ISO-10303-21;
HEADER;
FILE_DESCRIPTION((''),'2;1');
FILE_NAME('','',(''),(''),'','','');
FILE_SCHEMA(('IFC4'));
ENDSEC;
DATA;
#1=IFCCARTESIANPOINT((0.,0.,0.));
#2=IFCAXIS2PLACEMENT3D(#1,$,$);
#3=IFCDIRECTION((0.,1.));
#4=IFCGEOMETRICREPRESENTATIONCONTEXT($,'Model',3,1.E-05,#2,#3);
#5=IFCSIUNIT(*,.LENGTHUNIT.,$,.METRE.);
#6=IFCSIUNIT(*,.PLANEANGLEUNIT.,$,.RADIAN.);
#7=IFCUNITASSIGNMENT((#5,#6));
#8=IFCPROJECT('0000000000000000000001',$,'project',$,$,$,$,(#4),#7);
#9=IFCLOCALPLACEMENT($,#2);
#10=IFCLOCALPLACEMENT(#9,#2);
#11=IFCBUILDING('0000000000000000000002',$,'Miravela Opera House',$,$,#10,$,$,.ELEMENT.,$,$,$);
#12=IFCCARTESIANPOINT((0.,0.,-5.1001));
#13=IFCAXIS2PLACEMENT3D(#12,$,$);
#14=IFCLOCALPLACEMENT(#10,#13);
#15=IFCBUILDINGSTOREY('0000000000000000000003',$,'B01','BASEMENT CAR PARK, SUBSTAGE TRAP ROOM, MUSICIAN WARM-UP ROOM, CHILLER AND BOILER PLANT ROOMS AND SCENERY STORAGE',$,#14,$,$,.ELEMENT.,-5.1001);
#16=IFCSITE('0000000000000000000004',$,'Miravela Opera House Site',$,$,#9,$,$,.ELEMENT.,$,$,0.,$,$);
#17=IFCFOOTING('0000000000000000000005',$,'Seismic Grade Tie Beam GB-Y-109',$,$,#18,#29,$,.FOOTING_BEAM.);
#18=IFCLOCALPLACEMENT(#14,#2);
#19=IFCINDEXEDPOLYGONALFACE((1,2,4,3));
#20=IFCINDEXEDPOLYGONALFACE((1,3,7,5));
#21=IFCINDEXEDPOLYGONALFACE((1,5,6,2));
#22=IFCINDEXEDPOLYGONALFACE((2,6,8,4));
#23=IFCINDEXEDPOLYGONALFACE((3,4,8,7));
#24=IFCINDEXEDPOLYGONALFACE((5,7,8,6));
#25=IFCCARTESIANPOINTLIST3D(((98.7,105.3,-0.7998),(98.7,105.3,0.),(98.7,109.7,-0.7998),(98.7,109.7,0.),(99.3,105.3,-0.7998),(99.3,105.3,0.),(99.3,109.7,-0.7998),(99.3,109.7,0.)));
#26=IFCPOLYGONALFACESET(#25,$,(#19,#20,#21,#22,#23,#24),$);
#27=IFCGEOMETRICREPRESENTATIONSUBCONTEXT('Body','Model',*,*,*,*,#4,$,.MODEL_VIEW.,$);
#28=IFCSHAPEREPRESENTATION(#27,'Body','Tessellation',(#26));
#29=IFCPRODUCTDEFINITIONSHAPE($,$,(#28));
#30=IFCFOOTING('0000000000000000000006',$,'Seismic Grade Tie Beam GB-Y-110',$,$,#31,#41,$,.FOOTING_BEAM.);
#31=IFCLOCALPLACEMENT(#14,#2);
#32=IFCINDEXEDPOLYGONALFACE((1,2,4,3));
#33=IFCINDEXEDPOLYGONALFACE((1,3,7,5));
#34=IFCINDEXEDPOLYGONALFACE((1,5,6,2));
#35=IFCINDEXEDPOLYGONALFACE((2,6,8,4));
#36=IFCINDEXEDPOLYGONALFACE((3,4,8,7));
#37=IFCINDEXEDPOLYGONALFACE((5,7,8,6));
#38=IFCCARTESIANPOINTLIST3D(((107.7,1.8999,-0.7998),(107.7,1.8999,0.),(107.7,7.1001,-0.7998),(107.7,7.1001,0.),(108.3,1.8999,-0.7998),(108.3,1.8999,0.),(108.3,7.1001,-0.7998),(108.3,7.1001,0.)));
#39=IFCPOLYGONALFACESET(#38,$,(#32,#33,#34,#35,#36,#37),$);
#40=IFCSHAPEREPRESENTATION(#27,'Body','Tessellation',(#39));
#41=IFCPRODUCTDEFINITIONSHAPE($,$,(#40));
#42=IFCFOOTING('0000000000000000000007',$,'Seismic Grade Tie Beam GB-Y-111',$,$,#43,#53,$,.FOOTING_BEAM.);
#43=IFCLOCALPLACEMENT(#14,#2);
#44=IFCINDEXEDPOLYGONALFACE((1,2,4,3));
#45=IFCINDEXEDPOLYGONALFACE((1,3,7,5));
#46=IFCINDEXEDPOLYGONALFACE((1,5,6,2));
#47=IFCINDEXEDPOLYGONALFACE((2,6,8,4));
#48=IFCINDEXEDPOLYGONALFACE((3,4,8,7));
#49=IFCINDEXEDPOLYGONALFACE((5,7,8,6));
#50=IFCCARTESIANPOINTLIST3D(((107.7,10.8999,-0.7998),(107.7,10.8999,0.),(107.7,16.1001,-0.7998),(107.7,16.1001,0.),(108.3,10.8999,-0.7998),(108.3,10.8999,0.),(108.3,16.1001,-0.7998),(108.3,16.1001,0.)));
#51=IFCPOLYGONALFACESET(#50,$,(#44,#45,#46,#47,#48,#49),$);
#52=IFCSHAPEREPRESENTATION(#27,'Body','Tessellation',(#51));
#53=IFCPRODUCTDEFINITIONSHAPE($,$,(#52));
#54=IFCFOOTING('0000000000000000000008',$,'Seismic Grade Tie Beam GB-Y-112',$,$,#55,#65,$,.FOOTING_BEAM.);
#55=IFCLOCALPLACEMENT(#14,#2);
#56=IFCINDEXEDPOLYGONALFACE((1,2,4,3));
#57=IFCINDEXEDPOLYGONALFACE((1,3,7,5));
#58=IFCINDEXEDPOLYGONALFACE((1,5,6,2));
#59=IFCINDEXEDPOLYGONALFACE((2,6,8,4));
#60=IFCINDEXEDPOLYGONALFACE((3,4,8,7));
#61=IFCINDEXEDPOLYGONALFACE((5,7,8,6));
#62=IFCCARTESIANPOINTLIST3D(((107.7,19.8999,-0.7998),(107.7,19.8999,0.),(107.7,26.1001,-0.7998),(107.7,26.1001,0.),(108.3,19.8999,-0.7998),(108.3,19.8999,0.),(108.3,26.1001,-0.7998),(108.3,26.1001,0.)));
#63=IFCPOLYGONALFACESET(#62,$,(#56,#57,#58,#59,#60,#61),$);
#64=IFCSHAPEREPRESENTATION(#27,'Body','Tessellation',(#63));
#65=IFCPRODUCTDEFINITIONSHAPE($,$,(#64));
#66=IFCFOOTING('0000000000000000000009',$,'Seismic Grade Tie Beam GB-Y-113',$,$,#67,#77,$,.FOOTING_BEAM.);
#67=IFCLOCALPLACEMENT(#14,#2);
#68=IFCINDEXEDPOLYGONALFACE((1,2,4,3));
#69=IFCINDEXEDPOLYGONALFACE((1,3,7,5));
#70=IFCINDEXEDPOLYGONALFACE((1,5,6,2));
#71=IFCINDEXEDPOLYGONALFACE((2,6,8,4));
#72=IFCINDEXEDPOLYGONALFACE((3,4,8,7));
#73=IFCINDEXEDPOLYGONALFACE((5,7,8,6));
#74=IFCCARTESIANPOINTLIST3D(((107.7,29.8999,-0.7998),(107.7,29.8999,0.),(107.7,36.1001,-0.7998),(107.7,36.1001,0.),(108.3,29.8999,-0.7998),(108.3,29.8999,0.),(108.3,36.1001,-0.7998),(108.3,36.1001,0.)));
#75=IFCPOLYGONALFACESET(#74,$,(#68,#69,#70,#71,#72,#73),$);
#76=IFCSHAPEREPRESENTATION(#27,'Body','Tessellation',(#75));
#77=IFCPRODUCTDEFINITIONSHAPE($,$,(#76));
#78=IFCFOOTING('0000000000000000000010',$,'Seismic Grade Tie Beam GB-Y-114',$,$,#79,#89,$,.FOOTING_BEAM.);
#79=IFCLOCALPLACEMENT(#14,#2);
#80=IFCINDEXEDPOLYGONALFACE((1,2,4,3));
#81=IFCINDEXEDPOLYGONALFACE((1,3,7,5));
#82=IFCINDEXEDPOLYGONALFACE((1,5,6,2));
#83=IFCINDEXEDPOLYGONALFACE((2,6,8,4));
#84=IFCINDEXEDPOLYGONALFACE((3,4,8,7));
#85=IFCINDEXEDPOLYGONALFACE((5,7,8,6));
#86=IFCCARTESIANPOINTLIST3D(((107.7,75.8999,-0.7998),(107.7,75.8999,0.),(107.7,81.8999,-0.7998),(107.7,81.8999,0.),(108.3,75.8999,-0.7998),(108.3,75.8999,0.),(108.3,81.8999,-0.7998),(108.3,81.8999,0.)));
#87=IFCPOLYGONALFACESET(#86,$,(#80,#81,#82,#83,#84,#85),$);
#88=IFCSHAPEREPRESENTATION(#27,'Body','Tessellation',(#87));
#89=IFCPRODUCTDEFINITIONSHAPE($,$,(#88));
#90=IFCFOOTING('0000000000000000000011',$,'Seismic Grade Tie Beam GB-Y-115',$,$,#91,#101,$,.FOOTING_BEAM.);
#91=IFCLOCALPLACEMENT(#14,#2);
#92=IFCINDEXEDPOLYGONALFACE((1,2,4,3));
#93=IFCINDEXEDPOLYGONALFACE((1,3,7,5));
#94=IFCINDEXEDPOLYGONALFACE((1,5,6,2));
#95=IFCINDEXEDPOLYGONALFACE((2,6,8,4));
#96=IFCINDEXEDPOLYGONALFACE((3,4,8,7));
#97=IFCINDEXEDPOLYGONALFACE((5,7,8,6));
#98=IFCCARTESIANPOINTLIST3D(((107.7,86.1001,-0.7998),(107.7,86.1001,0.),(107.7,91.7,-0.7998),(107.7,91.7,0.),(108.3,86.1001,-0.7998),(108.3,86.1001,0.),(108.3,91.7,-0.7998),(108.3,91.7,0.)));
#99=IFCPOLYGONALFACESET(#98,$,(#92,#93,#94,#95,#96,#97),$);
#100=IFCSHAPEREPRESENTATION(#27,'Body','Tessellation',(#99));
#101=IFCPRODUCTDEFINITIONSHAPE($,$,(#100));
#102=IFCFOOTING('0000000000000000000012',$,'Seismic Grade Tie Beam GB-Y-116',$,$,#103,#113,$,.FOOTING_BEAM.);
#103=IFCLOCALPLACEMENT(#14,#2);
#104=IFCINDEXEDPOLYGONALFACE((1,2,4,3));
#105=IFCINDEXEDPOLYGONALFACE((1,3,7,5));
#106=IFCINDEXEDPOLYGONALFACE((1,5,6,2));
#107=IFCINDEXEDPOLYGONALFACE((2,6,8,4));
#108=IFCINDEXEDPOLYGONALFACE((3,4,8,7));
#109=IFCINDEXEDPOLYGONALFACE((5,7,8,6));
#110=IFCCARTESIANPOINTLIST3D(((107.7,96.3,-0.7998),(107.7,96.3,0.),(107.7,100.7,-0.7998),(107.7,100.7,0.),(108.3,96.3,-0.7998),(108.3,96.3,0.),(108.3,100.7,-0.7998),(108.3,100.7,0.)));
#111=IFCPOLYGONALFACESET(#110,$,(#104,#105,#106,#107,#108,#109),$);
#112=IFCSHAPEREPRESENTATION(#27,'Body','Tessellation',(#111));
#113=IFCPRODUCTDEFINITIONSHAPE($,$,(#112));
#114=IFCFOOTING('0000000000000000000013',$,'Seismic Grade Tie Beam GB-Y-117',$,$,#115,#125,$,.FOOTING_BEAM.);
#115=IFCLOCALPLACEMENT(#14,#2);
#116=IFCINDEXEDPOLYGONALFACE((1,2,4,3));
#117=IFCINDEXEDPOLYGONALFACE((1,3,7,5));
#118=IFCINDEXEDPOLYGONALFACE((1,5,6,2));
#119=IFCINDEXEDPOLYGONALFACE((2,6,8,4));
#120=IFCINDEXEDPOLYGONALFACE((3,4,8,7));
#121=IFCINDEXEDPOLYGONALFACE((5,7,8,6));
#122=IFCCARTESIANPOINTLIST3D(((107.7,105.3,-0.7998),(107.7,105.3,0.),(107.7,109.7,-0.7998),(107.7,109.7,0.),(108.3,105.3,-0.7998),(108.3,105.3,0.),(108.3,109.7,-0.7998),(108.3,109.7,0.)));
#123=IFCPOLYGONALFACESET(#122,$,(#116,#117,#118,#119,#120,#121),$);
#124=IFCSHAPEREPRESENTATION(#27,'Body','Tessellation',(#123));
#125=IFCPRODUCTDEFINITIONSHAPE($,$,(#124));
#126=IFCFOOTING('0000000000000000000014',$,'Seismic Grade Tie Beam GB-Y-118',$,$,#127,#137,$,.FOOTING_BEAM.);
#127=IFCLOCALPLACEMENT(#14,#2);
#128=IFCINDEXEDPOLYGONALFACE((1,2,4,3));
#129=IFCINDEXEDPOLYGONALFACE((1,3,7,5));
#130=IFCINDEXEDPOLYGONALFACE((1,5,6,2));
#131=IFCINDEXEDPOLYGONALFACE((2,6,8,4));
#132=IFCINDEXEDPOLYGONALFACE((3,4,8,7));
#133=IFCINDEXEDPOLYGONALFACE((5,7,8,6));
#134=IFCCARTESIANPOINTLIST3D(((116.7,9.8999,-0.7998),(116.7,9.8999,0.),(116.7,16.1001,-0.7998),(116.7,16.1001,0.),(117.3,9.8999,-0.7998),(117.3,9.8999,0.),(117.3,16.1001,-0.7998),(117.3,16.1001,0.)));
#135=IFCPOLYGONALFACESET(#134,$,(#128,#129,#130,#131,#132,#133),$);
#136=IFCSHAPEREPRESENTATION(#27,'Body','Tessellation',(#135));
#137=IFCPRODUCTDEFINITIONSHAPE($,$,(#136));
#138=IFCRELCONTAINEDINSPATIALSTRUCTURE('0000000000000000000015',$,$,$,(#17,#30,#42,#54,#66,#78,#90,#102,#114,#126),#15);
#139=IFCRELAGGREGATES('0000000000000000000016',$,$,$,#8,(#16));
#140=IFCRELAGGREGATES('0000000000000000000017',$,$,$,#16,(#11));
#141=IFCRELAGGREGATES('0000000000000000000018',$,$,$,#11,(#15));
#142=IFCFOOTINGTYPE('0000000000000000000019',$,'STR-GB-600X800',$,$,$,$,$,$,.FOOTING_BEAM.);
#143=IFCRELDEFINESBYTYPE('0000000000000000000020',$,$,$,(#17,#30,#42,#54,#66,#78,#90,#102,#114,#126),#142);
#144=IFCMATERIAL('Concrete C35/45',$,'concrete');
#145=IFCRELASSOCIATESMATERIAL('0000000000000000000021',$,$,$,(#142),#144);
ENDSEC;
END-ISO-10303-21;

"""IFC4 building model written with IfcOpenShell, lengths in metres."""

from ifc_helpers import new_model, si_unit, direction, frame, origin, place, context, subcontext, project, spatial, polyline, outline, extrude, material, type_object, element, save


model = new_model("IFC4")

# Units and contexts
model_context = context("Model", 3, precision=1e-05, world=origin(), true_north=direction((0.0, 1.0)))
body_context = subcontext(model_context, "Body", "Model", "MODEL_VIEW")
ifc_project = project(units=[si_unit("LENGTHUNIT", "METRE"), si_unit("PLANEANGLEUNIT", "RADIAN")], contexts=[model_context])

# Site, building, storey
site_placement = place(None, origin())
site = spatial("IfcSite", under=ifc_project, at=site_placement, Name="Miravela Opera House Site", CompositionType="ELEMENT", RefElevation=0.0)
building_placement = place(site_placement, origin())
building = spatial("IfcBuilding", under=site, at=building_placement, Name="Miravela Opera House", CompositionType="ELEMENT")
storey_placement = place(building_placement, frame((0.0, 0.0, -5.1001)))
storey = spatial("IfcBuildingStorey", under=building, at=storey_placement, Name="B01", Description="BASEMENT CAR PARK, SUBSTAGE TRAP ROOM, MUSICIAN WARM-UP ROOM, CHILLER AND BOILER PLANT ROOMS AND SCENERY STORAGE", CompositionType="ELEMENT", Elevation=-5.1001)

# Footings
ifc_material = material(Name="Concrete C35/45", Category="concrete")
footing_type = type_object("IfcFootingType", Name="STR-GB-600X800", PredefinedType="FOOTING_BEAM", material=ifc_material)
footing_1_placement = place(storey_placement, frame((0.0, 0.0, -0.7998)))
element("IfcFooting", 1, at=footing_1_placement, inside=storey, type_object=footing_type, Name="Seismic Grade Tie Beam GB-Y-109", PredefinedType="FOOTING_BEAM", context=body_context, shape_type="SweptSolid", body=[
    extrude(outline(polyline([(98.7, 105.3), (99.3, 105.3), (99.3, 109.7), (98.7, 109.7), (98.7, 105.3)])), origin(), (0.0, 0.0, 1.0), 0.7998),
])
footing_2_placement = place(storey_placement, frame((0.0, 0.0, -0.7998)))
element("IfcFooting", 2, at=footing_2_placement, inside=storey, type_object=footing_type, Name="Seismic Grade Tie Beam GB-Y-110", PredefinedType="FOOTING_BEAM", context=body_context, shape_type="SweptSolid", body=[
    extrude(outline(polyline([(107.7, 1.8999), (108.3, 1.8999), (108.3, 7.1001), (107.7, 7.1001), (107.7, 1.8999)])), origin(), (0.0, 0.0, 1.0), 0.7998),
])
footing_3_placement = place(storey_placement, frame((0.0, 0.0, -0.7998)))
element("IfcFooting", 3, at=footing_3_placement, inside=storey, type_object=footing_type, Name="Seismic Grade Tie Beam GB-Y-111", PredefinedType="FOOTING_BEAM", context=body_context, shape_type="SweptSolid", body=[
    extrude(outline(polyline([(107.7, 10.8999), (108.3, 10.8999), (108.3, 16.1001), (107.7, 16.1001), (107.7, 10.8999)])), origin(), (0.0, 0.0, 1.0), 0.7998),
])
footing_4_placement = place(storey_placement, frame((0.0, 0.0, -0.7998)))
element("IfcFooting", 4, at=footing_4_placement, inside=storey, type_object=footing_type, Name="Seismic Grade Tie Beam GB-Y-112", PredefinedType="FOOTING_BEAM", context=body_context, shape_type="SweptSolid", body=[
    extrude(outline(polyline([(107.7, 19.8999), (108.3, 19.8999), (108.3, 26.1001), (107.7, 26.1001), (107.7, 19.8999)])), origin(), (0.0, 0.0, 1.0), 0.7998),
])
footing_5_placement = place(storey_placement, frame((0.0, 0.0, -0.7998)))
element("IfcFooting", 5, at=footing_5_placement, inside=storey, type_object=footing_type, Name="Seismic Grade Tie Beam GB-Y-113", PredefinedType="FOOTING_BEAM", context=body_context, shape_type="SweptSolid", body=[
    extrude(outline(polyline([(107.7, 29.8999), (108.3, 29.8999), (108.3, 36.1001), (107.7, 36.1001), (107.7, 29.8999)])), origin(), (0.0, 0.0, 1.0), 0.7998),
])
footing_6_placement = place(storey_placement, frame((0.0, 0.0, -0.7998)))
element("IfcFooting", 6, at=footing_6_placement, inside=storey, type_object=footing_type, Name="Seismic Grade Tie Beam GB-Y-114", PredefinedType="FOOTING_BEAM", context=body_context, shape_type="SweptSolid", body=[
    extrude(outline(polyline([(107.7, 75.8999), (108.3, 75.8999), (108.3, 81.8999), (107.7, 81.8999), (107.7, 75.8999)])), origin(), (0.0, 0.0, 1.0), 0.7998),
])
footing_7_placement = place(storey_placement, frame((0.0, 0.0, -0.7998)))
element("IfcFooting", 7, at=footing_7_placement, inside=storey, type_object=footing_type, Name="Seismic Grade Tie Beam GB-Y-115", PredefinedType="FOOTING_BEAM", context=body_context, shape_type="SweptSolid", body=[
    extrude(outline(polyline([(107.7, 86.1001), (108.3, 86.1001), (108.3, 91.7), (107.7, 91.7), (107.7, 86.1001)])), origin(), (0.0, 0.0, 1.0), 0.7998),
])
footing_8_placement = place(storey_placement, frame((0.0, 0.0, -0.7998)))
element("IfcFooting", 8, at=footing_8_placement, inside=storey, type_object=footing_type, Name="Seismic Grade Tie Beam GB-Y-116", PredefinedType="FOOTING_BEAM", context=body_context, shape_type="SweptSolid", body=[
    extrude(outline(polyline([(107.7, 96.3), (108.3, 96.3), (108.3, 100.7), (107.7, 100.7), (107.7, 96.3)])), origin(), (0.0, 0.0, 1.0), 0.7998),
])
footing_9_placement = place(storey_placement, frame((0.0, 0.0, -0.7998)))
element("IfcFooting", 9, at=footing_9_placement, inside=storey, type_object=footing_type, Name="Seismic Grade Tie Beam GB-Y-117", PredefinedType="FOOTING_BEAM", context=body_context, shape_type="SweptSolid", body=[
    extrude(outline(polyline([(107.7, 105.3), (108.3, 105.3), (108.3, 109.7), (107.7, 109.7), (107.7, 105.3)])), origin(), (0.0, 0.0, 1.0), 0.7998),
])
footing_10_placement = place(storey_placement, frame((0.0, 0.0, -0.7998)))
element("IfcFooting", 10, at=footing_10_placement, inside=storey, type_object=footing_type, Name="Seismic Grade Tie Beam GB-Y-118", PredefinedType="FOOTING_BEAM", context=body_context, shape_type="SweptSolid", body=[
    extrude(outline(polyline([(116.7, 9.8999), (117.3, 9.8999), (117.3, 16.1001), (116.7, 16.1001), (116.7, 9.8999)])), origin(), (0.0, 0.0, 1.0), 0.7998),
])

save(model, "model.ifc")
